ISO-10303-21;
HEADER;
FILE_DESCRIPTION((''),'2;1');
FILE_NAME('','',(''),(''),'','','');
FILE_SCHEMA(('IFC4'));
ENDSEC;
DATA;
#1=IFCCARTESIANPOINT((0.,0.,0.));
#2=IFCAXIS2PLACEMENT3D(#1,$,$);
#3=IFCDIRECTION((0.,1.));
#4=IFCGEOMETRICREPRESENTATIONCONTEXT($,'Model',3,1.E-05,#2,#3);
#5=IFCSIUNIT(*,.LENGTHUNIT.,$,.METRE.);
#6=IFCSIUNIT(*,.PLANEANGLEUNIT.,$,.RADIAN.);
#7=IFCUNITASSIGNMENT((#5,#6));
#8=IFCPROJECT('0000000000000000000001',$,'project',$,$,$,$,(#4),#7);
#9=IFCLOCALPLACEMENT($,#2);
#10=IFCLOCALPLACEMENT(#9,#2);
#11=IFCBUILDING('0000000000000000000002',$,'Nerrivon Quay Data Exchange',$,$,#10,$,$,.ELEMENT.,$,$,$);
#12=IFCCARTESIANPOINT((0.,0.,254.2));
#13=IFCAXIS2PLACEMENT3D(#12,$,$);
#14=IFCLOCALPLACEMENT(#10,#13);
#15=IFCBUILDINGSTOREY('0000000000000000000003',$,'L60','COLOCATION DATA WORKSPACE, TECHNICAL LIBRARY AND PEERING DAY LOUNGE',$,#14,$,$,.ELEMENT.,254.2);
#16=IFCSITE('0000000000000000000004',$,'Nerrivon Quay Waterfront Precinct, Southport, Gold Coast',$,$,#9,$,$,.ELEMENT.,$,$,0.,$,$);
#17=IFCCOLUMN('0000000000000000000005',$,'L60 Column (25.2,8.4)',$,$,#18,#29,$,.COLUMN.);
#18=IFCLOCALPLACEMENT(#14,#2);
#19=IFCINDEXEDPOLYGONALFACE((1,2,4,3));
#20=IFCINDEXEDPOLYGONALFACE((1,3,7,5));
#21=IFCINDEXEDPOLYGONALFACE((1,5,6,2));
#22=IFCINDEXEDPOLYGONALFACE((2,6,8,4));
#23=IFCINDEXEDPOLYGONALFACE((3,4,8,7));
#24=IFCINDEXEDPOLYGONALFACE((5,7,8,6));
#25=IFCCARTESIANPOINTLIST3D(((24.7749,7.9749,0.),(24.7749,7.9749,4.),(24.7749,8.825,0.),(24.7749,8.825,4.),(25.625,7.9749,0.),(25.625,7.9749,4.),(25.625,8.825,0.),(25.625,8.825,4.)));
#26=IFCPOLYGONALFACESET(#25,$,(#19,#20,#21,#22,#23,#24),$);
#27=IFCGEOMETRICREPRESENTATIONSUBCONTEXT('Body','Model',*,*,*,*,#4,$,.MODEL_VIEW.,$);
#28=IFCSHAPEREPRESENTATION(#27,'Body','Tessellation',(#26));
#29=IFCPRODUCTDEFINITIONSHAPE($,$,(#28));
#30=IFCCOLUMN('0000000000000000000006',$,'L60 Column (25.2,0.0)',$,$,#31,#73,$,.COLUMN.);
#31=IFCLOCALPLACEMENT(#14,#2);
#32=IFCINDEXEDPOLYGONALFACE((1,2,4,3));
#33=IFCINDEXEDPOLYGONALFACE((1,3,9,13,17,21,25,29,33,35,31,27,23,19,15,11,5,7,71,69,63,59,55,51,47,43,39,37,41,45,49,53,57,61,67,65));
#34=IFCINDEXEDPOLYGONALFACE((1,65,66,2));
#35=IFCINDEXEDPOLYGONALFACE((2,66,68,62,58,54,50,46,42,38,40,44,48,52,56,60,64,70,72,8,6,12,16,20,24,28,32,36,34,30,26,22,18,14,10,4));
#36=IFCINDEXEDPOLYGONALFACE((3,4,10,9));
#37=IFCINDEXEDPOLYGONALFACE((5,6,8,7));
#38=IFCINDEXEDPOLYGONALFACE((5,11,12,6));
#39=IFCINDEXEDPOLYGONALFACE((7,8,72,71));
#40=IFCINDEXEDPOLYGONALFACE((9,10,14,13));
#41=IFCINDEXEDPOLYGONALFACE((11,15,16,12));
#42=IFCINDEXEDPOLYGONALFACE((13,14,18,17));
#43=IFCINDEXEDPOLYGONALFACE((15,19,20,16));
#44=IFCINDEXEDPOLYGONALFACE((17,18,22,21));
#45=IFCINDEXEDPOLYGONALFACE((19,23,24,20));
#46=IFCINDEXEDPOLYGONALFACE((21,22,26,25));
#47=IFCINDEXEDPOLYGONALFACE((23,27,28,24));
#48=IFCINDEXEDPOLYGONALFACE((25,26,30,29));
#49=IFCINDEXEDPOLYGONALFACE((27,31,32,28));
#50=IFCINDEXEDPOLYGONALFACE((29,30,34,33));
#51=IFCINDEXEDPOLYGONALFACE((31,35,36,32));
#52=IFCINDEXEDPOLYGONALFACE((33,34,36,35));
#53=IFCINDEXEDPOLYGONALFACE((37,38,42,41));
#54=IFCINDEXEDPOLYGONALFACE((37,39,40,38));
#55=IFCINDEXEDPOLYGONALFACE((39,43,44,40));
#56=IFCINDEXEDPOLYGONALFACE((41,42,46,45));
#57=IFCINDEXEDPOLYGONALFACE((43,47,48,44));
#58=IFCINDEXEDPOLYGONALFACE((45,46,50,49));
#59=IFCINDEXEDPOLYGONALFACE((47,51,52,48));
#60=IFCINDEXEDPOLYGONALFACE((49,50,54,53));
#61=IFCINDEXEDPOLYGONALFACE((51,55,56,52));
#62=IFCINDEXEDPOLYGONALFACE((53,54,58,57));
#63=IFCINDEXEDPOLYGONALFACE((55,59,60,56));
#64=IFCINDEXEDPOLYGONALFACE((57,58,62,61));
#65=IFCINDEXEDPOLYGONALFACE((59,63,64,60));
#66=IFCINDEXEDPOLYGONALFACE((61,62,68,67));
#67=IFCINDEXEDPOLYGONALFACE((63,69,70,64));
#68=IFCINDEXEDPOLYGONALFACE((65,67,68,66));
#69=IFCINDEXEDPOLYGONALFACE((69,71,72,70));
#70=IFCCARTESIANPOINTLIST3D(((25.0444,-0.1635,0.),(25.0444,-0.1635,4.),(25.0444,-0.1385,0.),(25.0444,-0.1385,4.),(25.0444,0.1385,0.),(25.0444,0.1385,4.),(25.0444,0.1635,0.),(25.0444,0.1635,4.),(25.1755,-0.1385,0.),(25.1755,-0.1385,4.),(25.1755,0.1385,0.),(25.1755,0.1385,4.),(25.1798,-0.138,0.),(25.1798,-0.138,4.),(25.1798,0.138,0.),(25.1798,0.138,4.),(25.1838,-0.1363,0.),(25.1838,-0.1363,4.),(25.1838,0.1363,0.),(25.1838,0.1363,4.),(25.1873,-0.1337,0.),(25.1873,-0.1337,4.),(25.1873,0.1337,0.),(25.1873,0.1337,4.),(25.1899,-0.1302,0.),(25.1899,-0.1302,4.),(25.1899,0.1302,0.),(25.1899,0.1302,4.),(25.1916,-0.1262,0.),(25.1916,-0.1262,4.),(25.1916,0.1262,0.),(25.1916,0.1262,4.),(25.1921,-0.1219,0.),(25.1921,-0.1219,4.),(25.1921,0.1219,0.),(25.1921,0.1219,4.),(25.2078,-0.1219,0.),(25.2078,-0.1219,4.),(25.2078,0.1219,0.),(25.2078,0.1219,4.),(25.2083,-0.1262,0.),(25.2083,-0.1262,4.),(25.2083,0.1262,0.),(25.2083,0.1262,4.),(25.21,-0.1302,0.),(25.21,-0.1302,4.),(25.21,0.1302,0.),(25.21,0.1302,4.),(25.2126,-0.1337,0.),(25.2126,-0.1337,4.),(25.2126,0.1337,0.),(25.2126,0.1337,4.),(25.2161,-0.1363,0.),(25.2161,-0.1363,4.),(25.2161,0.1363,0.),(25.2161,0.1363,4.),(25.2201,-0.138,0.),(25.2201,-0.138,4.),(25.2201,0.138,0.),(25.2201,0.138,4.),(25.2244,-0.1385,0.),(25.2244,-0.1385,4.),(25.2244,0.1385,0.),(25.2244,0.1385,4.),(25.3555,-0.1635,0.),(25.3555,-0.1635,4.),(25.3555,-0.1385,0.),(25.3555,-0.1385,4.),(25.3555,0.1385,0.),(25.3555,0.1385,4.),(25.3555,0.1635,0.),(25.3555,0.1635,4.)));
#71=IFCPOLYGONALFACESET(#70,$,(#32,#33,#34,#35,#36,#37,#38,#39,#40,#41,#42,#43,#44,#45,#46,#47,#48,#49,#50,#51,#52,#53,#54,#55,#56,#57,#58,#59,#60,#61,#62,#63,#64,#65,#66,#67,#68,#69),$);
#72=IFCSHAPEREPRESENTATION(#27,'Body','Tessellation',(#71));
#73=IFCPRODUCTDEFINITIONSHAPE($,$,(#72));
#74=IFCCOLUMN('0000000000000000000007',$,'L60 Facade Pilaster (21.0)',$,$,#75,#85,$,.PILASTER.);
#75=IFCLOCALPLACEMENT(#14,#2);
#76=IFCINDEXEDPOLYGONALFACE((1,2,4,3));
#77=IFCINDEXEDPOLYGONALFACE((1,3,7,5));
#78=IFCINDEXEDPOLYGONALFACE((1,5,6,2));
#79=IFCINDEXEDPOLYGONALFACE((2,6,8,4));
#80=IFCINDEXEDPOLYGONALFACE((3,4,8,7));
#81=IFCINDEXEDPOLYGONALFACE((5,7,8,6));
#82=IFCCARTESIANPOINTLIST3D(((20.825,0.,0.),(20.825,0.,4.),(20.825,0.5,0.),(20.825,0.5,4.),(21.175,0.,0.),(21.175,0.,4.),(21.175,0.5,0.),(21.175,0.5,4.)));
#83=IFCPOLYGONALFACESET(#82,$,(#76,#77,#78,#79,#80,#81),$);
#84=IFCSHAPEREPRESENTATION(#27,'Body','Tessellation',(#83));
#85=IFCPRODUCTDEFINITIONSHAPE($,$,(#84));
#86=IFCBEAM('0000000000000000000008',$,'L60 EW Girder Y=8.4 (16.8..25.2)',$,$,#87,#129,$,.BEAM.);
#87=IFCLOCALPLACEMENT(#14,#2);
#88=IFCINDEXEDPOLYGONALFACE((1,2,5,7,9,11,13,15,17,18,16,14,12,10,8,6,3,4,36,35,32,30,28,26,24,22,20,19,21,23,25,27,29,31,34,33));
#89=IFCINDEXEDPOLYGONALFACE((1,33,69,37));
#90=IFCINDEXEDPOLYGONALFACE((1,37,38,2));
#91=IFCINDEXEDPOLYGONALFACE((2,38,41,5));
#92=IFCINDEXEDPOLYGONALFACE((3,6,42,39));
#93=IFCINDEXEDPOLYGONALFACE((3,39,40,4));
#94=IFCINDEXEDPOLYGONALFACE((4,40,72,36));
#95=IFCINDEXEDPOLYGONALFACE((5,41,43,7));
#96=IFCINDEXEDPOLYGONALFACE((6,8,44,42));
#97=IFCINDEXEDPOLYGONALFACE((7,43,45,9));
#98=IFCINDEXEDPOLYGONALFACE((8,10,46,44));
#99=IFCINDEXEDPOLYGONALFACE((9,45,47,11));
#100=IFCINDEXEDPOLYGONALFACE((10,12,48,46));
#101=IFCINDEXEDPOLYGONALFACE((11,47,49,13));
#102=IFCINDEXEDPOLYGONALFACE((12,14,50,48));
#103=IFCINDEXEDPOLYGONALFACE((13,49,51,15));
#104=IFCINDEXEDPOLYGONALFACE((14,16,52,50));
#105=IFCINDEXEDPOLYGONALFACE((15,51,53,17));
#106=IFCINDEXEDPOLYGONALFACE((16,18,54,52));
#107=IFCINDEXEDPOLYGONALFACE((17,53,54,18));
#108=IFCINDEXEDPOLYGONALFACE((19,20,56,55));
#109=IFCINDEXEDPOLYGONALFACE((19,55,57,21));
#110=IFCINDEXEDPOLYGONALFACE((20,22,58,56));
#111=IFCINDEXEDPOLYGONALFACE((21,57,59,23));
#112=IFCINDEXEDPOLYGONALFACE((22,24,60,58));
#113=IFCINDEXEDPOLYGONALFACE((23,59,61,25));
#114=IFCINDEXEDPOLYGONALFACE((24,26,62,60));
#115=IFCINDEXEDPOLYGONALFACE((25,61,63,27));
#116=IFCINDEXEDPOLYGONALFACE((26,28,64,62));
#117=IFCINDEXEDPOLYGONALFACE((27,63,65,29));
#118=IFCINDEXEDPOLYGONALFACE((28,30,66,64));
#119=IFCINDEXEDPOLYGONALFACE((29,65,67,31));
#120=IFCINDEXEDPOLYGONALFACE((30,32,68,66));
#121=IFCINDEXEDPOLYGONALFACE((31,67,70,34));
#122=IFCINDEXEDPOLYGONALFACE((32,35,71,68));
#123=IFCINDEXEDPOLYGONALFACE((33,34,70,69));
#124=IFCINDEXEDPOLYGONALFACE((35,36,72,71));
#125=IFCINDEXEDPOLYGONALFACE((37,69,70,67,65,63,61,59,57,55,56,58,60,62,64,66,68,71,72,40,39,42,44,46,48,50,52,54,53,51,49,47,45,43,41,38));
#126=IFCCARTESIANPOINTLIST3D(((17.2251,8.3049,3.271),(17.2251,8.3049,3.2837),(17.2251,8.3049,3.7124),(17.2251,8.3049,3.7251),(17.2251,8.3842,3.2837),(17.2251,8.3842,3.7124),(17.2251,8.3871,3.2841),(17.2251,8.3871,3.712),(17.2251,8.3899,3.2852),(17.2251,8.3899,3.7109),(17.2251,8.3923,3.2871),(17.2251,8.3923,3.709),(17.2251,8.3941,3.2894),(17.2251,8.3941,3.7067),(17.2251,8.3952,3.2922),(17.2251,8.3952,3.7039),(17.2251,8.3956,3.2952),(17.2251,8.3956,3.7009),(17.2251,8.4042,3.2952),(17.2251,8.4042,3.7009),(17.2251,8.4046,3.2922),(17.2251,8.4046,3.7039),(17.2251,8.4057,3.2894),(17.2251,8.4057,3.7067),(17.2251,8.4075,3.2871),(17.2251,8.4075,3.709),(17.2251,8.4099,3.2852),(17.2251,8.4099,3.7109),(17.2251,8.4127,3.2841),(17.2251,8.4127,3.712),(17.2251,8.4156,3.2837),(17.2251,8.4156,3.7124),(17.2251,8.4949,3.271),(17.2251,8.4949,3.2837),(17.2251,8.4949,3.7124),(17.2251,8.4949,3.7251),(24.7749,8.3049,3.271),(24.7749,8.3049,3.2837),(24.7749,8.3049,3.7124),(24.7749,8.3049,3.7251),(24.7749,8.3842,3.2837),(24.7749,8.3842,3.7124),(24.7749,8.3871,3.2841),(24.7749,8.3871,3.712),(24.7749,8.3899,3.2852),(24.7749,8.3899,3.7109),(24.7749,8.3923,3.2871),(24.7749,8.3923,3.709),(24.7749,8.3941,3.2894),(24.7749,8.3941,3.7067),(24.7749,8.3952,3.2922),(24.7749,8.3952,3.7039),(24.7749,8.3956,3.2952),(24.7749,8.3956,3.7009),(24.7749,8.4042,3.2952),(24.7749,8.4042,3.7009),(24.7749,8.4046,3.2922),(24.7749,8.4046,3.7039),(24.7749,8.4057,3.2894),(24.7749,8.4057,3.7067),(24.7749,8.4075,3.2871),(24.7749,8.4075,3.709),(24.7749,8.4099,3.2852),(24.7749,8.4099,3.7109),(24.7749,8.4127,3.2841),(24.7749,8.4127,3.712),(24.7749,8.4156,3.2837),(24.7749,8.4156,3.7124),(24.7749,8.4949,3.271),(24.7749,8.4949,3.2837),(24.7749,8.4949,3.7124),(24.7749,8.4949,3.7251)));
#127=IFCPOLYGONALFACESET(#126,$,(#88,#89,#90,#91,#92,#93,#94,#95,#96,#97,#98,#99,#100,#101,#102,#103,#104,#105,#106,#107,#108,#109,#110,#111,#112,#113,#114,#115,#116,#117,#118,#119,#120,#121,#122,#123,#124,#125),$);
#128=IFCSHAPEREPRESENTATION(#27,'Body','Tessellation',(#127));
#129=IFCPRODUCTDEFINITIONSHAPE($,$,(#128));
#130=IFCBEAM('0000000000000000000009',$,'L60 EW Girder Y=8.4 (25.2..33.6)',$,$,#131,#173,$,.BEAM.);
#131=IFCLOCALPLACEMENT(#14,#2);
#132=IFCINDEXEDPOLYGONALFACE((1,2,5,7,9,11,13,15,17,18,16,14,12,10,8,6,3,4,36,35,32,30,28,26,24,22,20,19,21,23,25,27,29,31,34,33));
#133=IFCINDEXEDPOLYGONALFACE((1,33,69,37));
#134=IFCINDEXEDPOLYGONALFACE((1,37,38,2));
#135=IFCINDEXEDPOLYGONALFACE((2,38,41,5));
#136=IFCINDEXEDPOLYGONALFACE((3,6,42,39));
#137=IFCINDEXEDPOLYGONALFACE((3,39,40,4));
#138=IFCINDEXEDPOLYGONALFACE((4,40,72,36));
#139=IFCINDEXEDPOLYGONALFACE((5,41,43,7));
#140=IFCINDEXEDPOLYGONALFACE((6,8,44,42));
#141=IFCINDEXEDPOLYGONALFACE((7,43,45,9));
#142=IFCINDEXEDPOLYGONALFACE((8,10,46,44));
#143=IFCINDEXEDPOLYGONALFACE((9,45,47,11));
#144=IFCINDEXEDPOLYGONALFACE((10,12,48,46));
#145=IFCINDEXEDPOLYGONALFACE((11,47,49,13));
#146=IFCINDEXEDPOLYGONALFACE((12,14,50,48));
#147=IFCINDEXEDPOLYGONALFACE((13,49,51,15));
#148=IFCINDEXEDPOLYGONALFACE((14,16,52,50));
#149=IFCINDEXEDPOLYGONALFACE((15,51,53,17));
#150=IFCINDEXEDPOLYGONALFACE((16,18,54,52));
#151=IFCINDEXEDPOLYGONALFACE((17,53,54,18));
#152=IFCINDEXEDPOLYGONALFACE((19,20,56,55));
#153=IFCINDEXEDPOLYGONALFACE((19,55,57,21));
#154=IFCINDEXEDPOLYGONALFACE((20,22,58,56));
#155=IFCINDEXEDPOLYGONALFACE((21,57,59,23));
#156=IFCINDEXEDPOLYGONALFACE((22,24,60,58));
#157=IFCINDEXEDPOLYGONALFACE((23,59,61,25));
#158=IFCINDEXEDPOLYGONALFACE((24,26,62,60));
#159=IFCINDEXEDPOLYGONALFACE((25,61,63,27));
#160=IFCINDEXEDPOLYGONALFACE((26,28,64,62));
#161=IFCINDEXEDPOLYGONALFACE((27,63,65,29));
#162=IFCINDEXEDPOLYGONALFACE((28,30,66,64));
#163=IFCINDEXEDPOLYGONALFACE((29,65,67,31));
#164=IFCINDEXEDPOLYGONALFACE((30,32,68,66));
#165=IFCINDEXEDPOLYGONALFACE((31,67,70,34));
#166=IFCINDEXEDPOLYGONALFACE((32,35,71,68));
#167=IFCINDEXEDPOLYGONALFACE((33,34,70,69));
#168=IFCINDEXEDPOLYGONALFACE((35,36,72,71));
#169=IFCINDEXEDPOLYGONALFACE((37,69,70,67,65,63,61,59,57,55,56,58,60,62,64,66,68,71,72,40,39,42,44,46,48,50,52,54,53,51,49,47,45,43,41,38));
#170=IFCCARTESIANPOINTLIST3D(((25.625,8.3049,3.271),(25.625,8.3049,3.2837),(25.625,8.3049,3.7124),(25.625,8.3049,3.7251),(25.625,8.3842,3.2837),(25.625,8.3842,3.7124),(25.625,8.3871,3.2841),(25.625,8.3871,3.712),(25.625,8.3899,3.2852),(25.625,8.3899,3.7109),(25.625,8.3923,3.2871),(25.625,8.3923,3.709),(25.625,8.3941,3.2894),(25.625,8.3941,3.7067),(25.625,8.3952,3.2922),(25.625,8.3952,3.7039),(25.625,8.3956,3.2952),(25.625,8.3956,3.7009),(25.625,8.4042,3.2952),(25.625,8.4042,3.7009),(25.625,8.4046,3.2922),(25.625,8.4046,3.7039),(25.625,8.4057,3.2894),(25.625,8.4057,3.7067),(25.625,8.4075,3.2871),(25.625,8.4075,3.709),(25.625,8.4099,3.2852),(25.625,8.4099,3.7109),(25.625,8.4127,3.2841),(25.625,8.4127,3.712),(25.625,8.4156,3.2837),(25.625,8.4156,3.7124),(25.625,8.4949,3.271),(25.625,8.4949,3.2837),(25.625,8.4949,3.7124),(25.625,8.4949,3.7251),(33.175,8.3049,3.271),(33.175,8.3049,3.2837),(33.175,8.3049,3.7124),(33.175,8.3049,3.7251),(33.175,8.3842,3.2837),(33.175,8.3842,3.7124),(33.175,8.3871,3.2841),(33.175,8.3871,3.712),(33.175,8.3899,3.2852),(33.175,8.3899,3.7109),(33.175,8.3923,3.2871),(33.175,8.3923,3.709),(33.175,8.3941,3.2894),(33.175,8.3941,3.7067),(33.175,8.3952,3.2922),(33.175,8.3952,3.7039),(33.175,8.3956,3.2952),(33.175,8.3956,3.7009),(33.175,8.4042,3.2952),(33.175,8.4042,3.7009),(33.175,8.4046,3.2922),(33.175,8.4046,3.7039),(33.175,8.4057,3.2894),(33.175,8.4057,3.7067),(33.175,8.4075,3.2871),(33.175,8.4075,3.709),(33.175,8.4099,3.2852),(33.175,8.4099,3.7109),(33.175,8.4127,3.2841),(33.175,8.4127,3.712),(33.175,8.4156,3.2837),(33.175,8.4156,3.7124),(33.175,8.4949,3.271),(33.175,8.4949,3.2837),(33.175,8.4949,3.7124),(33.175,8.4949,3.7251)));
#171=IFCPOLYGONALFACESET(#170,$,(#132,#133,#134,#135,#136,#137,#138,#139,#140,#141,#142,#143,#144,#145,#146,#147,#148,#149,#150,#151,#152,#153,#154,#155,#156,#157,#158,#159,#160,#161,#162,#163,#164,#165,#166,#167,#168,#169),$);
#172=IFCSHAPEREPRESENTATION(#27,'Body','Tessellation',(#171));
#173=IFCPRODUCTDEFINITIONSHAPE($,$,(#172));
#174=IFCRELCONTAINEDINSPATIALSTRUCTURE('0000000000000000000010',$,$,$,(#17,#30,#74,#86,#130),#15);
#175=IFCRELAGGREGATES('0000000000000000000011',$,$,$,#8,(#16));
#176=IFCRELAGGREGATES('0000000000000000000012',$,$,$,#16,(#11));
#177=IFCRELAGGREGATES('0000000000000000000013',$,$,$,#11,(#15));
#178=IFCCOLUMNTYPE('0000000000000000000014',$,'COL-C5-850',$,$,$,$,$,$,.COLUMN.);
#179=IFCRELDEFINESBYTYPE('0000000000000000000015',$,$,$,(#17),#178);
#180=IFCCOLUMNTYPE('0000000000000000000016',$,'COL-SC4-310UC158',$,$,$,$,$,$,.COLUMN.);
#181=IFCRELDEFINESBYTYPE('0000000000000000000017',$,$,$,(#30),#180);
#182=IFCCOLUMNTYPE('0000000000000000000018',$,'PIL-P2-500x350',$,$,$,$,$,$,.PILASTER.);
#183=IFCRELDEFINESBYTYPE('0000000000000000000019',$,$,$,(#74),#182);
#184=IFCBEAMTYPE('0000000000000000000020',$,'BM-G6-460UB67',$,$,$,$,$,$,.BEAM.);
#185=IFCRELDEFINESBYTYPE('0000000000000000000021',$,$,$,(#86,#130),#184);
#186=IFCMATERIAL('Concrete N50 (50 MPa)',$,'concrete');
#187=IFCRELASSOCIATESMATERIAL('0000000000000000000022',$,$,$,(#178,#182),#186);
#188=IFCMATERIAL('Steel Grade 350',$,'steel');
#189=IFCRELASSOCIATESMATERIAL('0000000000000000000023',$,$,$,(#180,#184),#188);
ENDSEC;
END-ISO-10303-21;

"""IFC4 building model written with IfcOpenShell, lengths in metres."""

from ifc_helpers import new_model, si_unit, direction, frame, origin, origin_2d, place, context, subcontext, project, spatial, rectangle, i_section, extrude, material, material_profile, profile_set, type_object, element, save


model = new_model("IFC4")

# Units and contexts
model_context = context("Model", 3, precision=1e-05, world=origin(), true_north=direction((0.0, 1.0)))
body_context = subcontext(model_context, "Body", "Model", "MODEL_VIEW")
ifc_project = project(units=[si_unit("LENGTHUNIT", "METRE"), si_unit("PLANEANGLEUNIT", "RADIAN")], contexts=[model_context])

# Site, building, storey
site_placement = place(None, origin())
site = spatial("IfcSite", under=ifc_project, at=site_placement, Name="Nerrivon Quay Waterfront Precinct, Southport, Gold Coast", CompositionType="ELEMENT", RefElevation=0.0)
building_placement = place(site_placement, origin())
building = spatial("IfcBuilding", under=site, at=building_placement, Name="Nerrivon Quay Data Exchange", CompositionType="ELEMENT")
storey_placement = place(building_placement, frame((0.0, 0.0, 254.2)))
storey = spatial("IfcBuildingStorey", under=building, at=storey_placement, Name="L60", Description="COLOCATION DATA WORKSPACE, TECHNICAL LIBRARY AND PEERING DAY LOUNGE", CompositionType="ELEMENT", Elevation=254.2)

# Columns
ifc_material_1 = material(Name="Concrete N50 (50 MPa)", Category="concrete")
ifc_material_profile_1 = material_profile(ifc_material_1, rectangle(XDim=0.8501, YDim=0.8501, at=origin_2d()), Name="RC-COL-850x850")
ifc_profile_set_1 = profile_set([ifc_material_profile_1], Name="Concrete N50 (50 MPa)")
column_type_1 = type_object("IfcColumnType", Name="COL-C5-850", PredefinedType="COLUMN", material=ifc_profile_set_1)
column_1_placement = place(storey_placement, frame((25.2, 8.3999, 0.0), z_axis=(0.0, 0.0, 1.0), x_axis=(1.0, 0.0, 0.0)))
element("IfcColumn", 1, at=column_1_placement, inside=storey, type_object=column_type_1, Name="L60 Column (25.2,8.4)", PredefinedType="COLUMN", context=body_context, shape_type="SweptSolid", body=[
    extrude(rectangle(XDim=0.8501, YDim=0.8501, at=origin_2d()), origin(), (0.0, 0.0, 1.0), 4.0),
])
ifc_material_2 = material(Name="Steel Grade 350", Category="steel")
ifc_material_profile_2 = material_profile(ifc_material_2, i_section(OverallWidth=0.311, OverallDepth=0.3269, WebThickness=0.0156, FlangeThickness=0.0249, FilletRadius=0.0166, at=origin_2d()), Name="310UC158")
ifc_profile_set_2 = profile_set([ifc_material_profile_2], Name="Steel Grade 350")
column_type_2 = type_object("IfcColumnType", Name="COL-SC4-310UC158", PredefinedType="COLUMN", material=ifc_profile_set_2)
column_2_placement = place(storey_placement, frame((25.2, 0.0, 0.0), z_axis=(0.0, 0.0, 1.0), x_axis=(1.0, 0.0, 0.0)))
element("IfcColumn", 2, at=column_2_placement, inside=storey, type_object=column_type_2, Name="L60 Column (25.2,0.0)", PredefinedType="COLUMN", context=body_context, shape_type="SweptSolid", body=[
    extrude(i_section(OverallWidth=0.311, OverallDepth=0.3269, WebThickness=0.0156, FlangeThickness=0.0249, FilletRadius=0.0166, at=origin_2d()), origin(), (0.0, 0.0, 1.0), 4.0),
])
ifc_material_profile_3 = material_profile(ifc_material_1, rectangle(XDim=0.3501, YDim=0.5, at=origin_2d()), Name="RC-PIL-500x350")
ifc_profile_set_3 = profile_set([ifc_material_profile_3], Name="Concrete N50 (50 MPa)")
column_type_3 = type_object("IfcColumnType", Name="PIL-P2-500x350", PredefinedType="PILASTER", material=ifc_profile_set_3)
column_3_placement = place(storey_placement, frame((21.0, 0.25, 0.0), z_axis=(0.0, 0.0, 1.0), x_axis=(1.0, 0.0, 0.0)))
element("IfcColumn", 3, at=column_3_placement, inside=storey, type_object=column_type_3, Name="L60 Facade Pilaster (21.0)", PredefinedType="PILASTER", context=body_context, shape_type="SweptSolid", body=[
    extrude(rectangle(XDim=0.3501, YDim=0.5, at=origin_2d()), origin(), (0.0, 0.0, 1.0), 4.0),
])

# Beams
ifc_material_profile_4 = material_profile(ifc_material_2, i_section(OverallWidth=0.1899, OverallDepth=0.4541, WebThickness=0.0085, FlangeThickness=0.0127, FilletRadius=0.0115, at=origin_2d()), Name="460UB67.1")
ifc_profile_set_4 = profile_set([ifc_material_profile_4], Name="Steel Grade 350")
beam_type_1 = type_object("IfcBeamType", Name="BM-G6-460UB67", PredefinedType="BEAM", material=ifc_profile_set_4)
beam_1_placement = place(storey_placement, frame((17.2251, 8.3999, 3.498), z_axis=(1.0, 0.0, 0.0), x_axis=(0.0, 1.0, 0.0)))
element("IfcBeam", 4, at=beam_1_placement, inside=storey, type_object=beam_type_1, Name="L60 EW Girder Y=8.4 (16.8..25.2)", PredefinedType="BEAM", context=body_context, shape_type="SweptSolid", body=[
    extrude(i_section(OverallWidth=0.1899, OverallDepth=0.4541, WebThickness=0.0085, FlangeThickness=0.0127, FilletRadius=0.0115, at=origin_2d()), origin(), (0.0, 0.0, 1.0), 7.5498),
])
beam_2_placement = place(storey_placement, frame((25.625, 8.3999, 3.498), z_axis=(1.0, 0.0, 0.0), x_axis=(0.0, 1.0, 0.0)))
element("IfcBeam", 5, at=beam_2_placement, inside=storey, type_object=beam_type_1, Name="L60 EW Girder Y=8.4 (25.2..33.6)", PredefinedType="BEAM", context=body_context, shape_type="SweptSolid", body=[
    extrude(i_section(OverallWidth=0.1899, OverallDepth=0.4541, WebThickness=0.0085, FlangeThickness=0.0127, FilletRadius=0.0115, at=origin_2d()), origin(), (0.0, 0.0, 1.0), 7.55),
])

save(model, "model.ifc")
